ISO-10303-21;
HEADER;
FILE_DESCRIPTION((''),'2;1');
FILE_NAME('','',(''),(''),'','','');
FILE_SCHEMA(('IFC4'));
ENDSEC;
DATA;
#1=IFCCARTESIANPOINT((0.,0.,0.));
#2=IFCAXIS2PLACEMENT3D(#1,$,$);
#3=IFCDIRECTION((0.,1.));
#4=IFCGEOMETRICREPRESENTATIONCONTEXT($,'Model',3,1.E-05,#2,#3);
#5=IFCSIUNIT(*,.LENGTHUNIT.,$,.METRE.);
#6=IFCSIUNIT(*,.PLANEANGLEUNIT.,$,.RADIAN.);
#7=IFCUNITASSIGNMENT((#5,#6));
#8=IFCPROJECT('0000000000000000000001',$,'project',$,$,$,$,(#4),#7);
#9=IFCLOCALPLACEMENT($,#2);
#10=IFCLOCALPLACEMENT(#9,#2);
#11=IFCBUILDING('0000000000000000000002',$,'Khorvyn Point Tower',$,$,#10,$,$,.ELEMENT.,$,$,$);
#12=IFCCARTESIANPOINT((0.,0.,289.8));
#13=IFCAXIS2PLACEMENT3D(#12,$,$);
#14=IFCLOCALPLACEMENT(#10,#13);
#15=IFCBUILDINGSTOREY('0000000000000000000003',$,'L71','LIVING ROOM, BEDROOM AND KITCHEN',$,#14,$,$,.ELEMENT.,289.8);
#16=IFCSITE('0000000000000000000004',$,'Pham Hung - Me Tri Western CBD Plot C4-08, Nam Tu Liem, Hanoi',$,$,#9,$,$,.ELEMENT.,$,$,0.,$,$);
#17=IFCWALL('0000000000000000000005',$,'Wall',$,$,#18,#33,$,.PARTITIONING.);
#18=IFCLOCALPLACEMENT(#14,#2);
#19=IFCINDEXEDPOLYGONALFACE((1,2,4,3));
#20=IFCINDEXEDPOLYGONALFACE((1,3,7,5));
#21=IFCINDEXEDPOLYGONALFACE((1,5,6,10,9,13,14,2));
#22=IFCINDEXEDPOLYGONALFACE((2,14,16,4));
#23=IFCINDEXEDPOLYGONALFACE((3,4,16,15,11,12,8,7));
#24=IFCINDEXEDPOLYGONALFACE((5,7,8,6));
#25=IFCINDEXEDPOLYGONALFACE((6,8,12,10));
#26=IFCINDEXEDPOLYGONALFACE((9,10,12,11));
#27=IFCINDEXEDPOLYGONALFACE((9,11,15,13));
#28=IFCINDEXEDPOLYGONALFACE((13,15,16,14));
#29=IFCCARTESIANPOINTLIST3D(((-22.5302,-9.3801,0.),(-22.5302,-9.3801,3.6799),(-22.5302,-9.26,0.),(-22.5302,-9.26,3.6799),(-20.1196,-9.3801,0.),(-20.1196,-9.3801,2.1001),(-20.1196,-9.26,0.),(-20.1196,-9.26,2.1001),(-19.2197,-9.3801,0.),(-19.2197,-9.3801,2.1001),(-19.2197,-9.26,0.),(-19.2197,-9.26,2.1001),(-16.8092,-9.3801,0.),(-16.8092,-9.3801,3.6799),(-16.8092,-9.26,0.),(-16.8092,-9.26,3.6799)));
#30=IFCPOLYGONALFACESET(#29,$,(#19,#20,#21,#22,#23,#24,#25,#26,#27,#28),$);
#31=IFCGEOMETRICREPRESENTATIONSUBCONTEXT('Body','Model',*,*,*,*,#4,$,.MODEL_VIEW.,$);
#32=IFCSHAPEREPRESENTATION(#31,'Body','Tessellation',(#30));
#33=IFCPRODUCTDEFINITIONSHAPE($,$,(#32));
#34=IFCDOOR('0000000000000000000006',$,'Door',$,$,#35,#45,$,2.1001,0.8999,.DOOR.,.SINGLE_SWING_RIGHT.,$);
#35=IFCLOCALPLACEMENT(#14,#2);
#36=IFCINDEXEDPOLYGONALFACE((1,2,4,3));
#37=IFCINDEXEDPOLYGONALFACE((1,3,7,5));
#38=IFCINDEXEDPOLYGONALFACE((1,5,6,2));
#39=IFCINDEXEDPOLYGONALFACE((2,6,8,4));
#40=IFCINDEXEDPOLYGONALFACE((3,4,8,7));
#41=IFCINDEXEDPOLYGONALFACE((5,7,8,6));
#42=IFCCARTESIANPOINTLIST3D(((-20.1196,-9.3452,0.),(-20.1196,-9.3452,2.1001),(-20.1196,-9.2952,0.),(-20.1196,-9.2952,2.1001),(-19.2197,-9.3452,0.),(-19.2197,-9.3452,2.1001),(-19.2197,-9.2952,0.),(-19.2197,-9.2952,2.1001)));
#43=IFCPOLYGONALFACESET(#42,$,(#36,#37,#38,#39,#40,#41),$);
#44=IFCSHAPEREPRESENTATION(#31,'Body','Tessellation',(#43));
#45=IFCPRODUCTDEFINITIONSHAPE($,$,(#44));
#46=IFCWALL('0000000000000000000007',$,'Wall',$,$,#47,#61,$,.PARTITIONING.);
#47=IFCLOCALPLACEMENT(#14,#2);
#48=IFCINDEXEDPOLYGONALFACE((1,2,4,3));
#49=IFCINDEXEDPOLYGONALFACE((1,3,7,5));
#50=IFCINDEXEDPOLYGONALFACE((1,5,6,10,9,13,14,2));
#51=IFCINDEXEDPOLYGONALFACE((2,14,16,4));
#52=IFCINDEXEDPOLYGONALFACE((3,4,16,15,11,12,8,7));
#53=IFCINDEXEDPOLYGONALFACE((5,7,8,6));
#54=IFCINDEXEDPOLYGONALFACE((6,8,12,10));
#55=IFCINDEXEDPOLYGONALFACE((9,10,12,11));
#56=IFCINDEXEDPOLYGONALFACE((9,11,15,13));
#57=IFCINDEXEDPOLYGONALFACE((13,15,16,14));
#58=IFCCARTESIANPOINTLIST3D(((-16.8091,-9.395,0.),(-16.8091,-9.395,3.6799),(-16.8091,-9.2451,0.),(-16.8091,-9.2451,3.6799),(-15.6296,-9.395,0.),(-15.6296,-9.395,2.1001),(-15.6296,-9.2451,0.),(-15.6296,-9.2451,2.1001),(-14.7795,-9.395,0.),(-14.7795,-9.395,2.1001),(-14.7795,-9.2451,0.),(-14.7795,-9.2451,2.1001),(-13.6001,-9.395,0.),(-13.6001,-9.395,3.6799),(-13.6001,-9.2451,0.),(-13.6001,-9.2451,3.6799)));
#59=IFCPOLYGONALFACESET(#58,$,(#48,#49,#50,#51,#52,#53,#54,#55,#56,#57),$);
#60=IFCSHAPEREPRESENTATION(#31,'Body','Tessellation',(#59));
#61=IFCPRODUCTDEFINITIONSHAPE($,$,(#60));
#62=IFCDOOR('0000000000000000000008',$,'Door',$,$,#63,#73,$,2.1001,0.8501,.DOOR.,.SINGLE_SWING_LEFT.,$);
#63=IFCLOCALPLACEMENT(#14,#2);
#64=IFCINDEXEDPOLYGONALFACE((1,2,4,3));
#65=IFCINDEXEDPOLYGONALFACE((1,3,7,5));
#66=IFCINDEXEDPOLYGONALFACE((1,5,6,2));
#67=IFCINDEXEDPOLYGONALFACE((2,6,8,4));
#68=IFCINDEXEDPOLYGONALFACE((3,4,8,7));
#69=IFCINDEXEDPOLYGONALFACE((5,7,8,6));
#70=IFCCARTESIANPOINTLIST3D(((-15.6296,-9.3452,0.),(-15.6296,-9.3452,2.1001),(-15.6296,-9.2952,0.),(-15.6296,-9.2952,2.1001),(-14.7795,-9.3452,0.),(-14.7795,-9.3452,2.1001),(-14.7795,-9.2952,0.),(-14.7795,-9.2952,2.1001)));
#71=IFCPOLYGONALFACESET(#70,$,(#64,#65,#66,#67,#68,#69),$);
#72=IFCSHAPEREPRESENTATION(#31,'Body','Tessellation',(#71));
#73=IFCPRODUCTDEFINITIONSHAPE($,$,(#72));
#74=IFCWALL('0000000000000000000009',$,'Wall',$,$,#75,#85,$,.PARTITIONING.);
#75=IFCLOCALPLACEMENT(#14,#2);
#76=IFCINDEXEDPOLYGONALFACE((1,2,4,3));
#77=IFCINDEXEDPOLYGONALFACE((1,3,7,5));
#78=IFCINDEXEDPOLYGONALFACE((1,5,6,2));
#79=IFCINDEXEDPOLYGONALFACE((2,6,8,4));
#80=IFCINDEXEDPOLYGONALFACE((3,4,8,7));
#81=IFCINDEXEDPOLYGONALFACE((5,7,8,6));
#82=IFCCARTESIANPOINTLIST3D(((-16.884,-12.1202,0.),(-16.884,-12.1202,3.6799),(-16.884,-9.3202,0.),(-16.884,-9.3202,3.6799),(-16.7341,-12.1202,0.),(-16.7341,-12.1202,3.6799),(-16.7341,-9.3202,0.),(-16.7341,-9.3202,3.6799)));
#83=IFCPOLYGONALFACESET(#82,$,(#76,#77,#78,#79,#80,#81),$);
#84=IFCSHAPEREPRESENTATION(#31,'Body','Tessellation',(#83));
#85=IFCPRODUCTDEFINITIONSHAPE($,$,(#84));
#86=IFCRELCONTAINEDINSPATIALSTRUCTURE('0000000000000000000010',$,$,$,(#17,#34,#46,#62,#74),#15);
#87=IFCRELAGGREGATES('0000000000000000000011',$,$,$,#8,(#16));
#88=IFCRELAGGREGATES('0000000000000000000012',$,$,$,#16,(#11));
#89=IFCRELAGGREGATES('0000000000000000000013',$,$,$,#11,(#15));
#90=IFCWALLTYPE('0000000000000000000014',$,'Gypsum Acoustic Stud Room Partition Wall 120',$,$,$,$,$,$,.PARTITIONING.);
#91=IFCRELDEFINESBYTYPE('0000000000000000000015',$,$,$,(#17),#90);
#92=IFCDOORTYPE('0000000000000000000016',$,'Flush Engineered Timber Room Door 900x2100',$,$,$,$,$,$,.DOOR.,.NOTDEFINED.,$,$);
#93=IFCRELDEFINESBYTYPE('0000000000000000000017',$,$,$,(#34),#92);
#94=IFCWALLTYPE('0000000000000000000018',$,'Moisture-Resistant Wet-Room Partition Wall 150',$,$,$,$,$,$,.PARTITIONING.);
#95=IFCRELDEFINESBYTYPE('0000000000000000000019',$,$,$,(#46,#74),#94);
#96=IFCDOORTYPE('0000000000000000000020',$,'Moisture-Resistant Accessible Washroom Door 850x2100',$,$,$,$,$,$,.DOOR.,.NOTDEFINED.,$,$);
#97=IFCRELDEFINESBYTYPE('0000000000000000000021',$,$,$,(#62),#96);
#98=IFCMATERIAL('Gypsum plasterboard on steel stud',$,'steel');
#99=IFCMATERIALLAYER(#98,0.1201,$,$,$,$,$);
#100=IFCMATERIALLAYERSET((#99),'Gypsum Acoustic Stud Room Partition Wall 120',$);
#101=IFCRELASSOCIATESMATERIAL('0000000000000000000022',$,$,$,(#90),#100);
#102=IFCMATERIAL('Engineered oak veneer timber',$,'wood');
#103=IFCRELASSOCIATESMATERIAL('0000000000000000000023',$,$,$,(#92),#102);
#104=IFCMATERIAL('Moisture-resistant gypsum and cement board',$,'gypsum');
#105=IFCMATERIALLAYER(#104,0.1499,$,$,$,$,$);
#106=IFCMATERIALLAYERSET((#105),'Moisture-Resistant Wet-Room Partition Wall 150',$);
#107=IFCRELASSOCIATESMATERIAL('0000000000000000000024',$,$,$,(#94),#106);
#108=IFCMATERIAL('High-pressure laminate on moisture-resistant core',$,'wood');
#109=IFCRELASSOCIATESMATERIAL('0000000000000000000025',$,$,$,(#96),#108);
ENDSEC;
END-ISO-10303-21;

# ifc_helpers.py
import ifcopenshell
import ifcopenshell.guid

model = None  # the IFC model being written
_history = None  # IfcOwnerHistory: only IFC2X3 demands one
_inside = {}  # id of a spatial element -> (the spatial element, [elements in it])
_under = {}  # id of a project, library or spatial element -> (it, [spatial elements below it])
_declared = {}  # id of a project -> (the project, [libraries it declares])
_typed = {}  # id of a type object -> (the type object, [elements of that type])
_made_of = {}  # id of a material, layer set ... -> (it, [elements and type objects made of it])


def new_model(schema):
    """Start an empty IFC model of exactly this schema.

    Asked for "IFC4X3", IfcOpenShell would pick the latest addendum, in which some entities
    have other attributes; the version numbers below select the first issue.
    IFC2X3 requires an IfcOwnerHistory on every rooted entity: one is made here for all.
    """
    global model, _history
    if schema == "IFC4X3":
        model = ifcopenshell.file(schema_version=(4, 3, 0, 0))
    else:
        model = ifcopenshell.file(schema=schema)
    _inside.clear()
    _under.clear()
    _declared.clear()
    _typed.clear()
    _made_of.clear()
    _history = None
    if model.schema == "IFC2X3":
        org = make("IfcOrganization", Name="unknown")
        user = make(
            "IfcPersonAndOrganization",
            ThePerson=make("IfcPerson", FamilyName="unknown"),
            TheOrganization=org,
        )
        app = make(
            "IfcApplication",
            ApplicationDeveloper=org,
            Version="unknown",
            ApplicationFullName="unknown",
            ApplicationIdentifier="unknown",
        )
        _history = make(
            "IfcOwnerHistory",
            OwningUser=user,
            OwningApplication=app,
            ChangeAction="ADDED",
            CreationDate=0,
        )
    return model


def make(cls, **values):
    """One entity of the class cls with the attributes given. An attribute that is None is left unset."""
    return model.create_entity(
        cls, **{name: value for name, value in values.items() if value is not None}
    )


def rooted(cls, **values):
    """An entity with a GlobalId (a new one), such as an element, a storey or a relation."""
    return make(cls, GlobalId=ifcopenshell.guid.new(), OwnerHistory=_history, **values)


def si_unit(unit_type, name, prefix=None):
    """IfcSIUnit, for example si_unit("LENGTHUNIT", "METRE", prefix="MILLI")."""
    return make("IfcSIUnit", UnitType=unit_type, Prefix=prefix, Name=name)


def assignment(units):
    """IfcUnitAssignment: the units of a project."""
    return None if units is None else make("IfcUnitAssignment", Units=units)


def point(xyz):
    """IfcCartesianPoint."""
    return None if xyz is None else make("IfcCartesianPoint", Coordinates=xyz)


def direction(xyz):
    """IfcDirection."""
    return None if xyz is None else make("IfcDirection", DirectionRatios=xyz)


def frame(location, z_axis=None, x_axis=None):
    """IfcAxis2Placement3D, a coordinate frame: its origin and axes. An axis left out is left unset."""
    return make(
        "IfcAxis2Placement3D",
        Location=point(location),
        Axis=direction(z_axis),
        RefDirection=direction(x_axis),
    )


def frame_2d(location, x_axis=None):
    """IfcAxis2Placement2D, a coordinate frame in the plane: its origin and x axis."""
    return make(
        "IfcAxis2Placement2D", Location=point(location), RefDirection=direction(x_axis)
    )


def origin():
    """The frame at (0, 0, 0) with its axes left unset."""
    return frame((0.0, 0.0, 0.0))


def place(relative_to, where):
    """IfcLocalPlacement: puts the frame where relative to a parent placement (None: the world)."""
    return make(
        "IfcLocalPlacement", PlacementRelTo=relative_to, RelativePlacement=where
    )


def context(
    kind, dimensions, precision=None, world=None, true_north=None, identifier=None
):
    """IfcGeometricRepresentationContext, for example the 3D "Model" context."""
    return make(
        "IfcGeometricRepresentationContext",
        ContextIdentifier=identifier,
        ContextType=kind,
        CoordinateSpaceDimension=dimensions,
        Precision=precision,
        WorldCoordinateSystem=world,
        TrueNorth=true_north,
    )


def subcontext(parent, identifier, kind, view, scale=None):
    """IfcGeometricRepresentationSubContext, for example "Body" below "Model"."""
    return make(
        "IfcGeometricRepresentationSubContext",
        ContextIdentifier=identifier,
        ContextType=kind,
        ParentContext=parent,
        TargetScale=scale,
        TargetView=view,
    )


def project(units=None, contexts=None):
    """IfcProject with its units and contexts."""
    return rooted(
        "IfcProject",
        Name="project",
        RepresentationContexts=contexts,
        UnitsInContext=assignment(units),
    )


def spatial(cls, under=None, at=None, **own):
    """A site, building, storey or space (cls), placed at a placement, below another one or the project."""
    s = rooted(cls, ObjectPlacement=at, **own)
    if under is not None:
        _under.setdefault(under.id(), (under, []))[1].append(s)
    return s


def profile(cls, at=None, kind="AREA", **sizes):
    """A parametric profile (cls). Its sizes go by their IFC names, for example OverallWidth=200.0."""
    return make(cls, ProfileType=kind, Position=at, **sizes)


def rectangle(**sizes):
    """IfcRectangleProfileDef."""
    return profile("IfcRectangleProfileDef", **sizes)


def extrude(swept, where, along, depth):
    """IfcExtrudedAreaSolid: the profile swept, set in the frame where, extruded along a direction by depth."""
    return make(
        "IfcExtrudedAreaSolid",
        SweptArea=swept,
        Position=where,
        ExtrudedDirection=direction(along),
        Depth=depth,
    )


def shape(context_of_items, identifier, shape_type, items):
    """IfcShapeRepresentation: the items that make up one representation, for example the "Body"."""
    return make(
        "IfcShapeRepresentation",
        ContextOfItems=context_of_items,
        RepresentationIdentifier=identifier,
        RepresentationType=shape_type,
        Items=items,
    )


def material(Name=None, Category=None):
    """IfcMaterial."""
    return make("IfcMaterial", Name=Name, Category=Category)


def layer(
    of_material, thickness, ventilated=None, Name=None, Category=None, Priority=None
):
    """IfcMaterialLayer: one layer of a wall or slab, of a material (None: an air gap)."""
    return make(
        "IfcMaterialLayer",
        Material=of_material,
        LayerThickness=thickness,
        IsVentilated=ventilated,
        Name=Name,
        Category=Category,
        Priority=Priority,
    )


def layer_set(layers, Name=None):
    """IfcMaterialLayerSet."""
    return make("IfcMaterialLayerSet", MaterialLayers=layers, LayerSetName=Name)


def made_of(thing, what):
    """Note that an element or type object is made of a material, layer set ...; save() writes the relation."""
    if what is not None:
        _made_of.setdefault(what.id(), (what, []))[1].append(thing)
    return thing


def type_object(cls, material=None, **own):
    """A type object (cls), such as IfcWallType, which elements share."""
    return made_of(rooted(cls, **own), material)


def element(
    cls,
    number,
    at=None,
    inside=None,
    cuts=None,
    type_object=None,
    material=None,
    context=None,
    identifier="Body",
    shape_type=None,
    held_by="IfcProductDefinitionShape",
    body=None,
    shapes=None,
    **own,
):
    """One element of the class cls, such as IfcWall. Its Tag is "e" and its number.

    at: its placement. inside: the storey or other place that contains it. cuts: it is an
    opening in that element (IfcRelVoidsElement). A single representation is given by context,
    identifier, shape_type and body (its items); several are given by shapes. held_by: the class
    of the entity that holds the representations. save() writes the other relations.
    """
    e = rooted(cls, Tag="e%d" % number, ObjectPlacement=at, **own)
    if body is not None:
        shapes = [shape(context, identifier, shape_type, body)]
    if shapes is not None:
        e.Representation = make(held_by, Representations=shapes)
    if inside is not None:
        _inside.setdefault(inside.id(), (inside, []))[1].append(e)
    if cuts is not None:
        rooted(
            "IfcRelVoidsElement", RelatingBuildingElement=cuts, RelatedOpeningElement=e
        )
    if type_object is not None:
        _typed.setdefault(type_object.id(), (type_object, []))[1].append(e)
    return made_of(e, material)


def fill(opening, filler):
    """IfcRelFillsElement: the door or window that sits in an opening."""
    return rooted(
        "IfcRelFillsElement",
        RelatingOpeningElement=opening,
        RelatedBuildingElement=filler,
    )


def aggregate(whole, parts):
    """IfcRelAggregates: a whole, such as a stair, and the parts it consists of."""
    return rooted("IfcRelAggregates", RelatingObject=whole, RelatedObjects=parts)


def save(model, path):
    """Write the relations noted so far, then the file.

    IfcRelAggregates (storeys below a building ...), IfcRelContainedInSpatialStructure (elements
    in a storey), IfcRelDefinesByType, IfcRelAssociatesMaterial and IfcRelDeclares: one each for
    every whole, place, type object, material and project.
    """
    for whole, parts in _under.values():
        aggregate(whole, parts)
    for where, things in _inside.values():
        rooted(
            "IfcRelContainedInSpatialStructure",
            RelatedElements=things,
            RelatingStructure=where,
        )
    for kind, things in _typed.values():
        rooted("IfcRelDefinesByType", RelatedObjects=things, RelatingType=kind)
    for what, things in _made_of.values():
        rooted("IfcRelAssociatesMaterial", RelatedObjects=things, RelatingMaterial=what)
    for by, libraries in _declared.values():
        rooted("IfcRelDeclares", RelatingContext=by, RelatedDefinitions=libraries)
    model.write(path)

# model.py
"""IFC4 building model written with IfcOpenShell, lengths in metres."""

from ifc_helpers import new_model, si_unit, direction, frame, frame_2d, origin, place, context, subcontext, project, spatial, rectangle, extrude, material, layer, layer_set, type_object, element, fill, save


model = new_model("IFC4")

# Units and contexts
model_context = context("Model", 3, precision=1e-05, world=origin(), true_north=direction((0.0, 1.0)))
body_context = subcontext(model_context, "Body", "Model", "MODEL_VIEW")
ifc_project = project(units=[si_unit("LENGTHUNIT", "METRE"), si_unit("PLANEANGLEUNIT", "RADIAN")], contexts=[model_context])

# Site, building, storey
site_placement = place(None, origin())
site = spatial("IfcSite", under=ifc_project, at=site_placement, Name="Pham Hung - Me Tri Western CBD Plot C4-08, Nam Tu Liem, Hanoi", CompositionType="ELEMENT", RefElevation=0.0)
building_placement = place(site_placement, origin())
building = spatial("IfcBuilding", under=site, at=building_placement, Name="Khorvyn Point Tower", CompositionType="ELEMENT")
storey_placement = place(building_placement, frame((0.0, 0.0, 289.8)))
storey = spatial("IfcBuildingStorey", under=building, at=storey_placement, Name="L71", Description="LIVING ROOM, BEDROOM AND KITCHEN", CompositionType="ELEMENT", Elevation=289.8)

# Walls, openings, doors
ifc_material_1 = material(Name="Gypsum plasterboard on steel stud", Category="steel")
ifc_layer_1 = layer(ifc_material_1, 0.1201)
ifc_layer_set_1 = layer_set([ifc_layer_1], Name="Gypsum Acoustic Stud Room Partition Wall 120")
wall_type_1 = type_object("IfcWallType", Name="Gypsum Acoustic Stud Room Partition Wall 120", PredefinedType="PARTITIONING", material=ifc_layer_set_1)
wall_1_placement = place(storey_placement, frame((-22.53, -9.3201, 0.0), z_axis=(0.0, 0.0, 1.0), x_axis=(1.0, 0.0, 0.0)))
wall_1 = element("IfcWall", 1, at=wall_1_placement, inside=storey, type_object=wall_type_1, Name="Wall", PredefinedType="PARTITIONING", context=body_context, shape_type="SweptSolid", body=[
    extrude(rectangle(XDim=5.7209, YDim=0.1201, at=frame_2d((2.8604, 0.0))), origin(), (0.0, 0.0, 1.0), 3.6799),
])
opening_1_placement = place(wall_1_placement, frame((2.4104, 0.0, 0.0)))
opening_1 = element("IfcOpeningElement", 2, at=opening_1_placement, cuts=wall_1, PredefinedType="OPENING", context=body_context, shape_type="SweptSolid", body=[
    extrude(rectangle(XDim=0.8999, YDim=2.1001, at=frame_2d((0.45, 1.05))), frame((0.0, 0.0701, 0.0), z_axis=(0.0, -1.0, 0.0), x_axis=(1.0, 0.0, 0.0)), (0.0, 0.0, 1.0), 0.1401),
])
ifc_material_2 = material(Name="Engineered oak veneer timber", Category="wood")
door_type_1 = type_object("IfcDoorType", Name="Flush Engineered Timber Room Door 900x2100", OperationType="NOTDEFINED", PredefinedType="DOOR", material=ifc_material_2)
door_1_placement = place(opening_1_placement, origin())
door_1 = element("IfcDoor", 3, at=door_1_placement, inside=storey, type_object=door_type_1, Name="Door", OperationType="SINGLE_SWING_RIGHT", OverallHeight=2.1001, OverallWidth=0.8999, PredefinedType="DOOR", context=body_context, shape_type="SweptSolid", body=[
    extrude(rectangle(XDim=0.8999, YDim=2.1001, at=frame_2d((0.45, 1.05))), frame((0.0, 0.0249, 0.0), z_axis=(0.0, -1.0, 0.0), x_axis=(1.0, 0.0, 0.0)), (0.0, 0.0, 1.0), 0.05),
])
fill(opening_1, door_1)
ifc_material_3 = material(Name="Moisture-resistant gypsum and cement board", Category="gypsum")
ifc_layer_2 = layer(ifc_material_3, 0.1499)
ifc_layer_set_2 = layer_set([ifc_layer_2], Name="Moisture-Resistant Wet-Room Partition Wall 150")
wall_type_2 = type_object("IfcWallType", Name="Moisture-Resistant Wet-Room Partition Wall 150", PredefinedType="PARTITIONING", material=ifc_layer_set_2)
wall_2_placement = place(storey_placement, frame((-16.8091, -9.3201, 0.0), z_axis=(0.0, 0.0, 1.0), x_axis=(1.0, 0.0, 0.0)))
wall_2 = element("IfcWall", 4, at=wall_2_placement, inside=storey, type_object=wall_type_2, Name="Wall", PredefinedType="PARTITIONING", context=body_context, shape_type="SweptSolid", body=[
    extrude(rectangle(XDim=3.209, YDim=0.1499, at=frame_2d((1.6045, 0.0))), origin(), (0.0, 0.0, 1.0), 3.6799),
])
opening_2_placement = place(wall_2_placement, frame((1.1794, 0.0, 0.0)))
opening_2 = element("IfcOpeningElement", 5, at=opening_2_placement, cuts=wall_2, PredefinedType="OPENING", context=body_context, shape_type="SweptSolid", body=[
    extrude(rectangle(XDim=0.8501, YDim=2.1001, at=frame_2d((0.425, 1.05))), frame((0.0, 0.085, 0.0), z_axis=(0.0, -1.0, 0.0), x_axis=(1.0, 0.0, 0.0)), (0.0, 0.0, 1.0), 0.1699),
])
ifc_material_4 = material(Name="High-pressure laminate on moisture-resistant core", Category="wood")
door_type_2 = type_object("IfcDoorType", Name="Moisture-Resistant Accessible Washroom Door 850x2100", OperationType="NOTDEFINED", PredefinedType="DOOR", material=ifc_material_4)
door_2_placement = place(opening_2_placement, origin())
door_2 = element("IfcDoor", 6, at=door_2_placement, inside=storey, type_object=door_type_2, Name="Door", OperationType="SINGLE_SWING_LEFT", OverallHeight=2.1001, OverallWidth=0.8501, PredefinedType="DOOR", context=body_context, shape_type="SweptSolid", body=[
    extrude(rectangle(XDim=0.8501, YDim=2.1001, at=frame_2d((0.425, 1.05))), frame((0.0, 0.0249, 0.0), z_axis=(0.0, -1.0, 0.0), x_axis=(1.0, 0.0, 0.0)), (0.0, 0.0, 1.0), 0.05),
])
fill(opening_2, door_2)

# Wall
wall_3_placement = place(storey_placement, frame((-16.8091, -12.1201, 0.0), z_axis=(0.0, 0.0, 1.0), x_axis=(0.0, 1.0, 0.0)))
element("IfcWall", 7, at=wall_3_placement, inside=storey, type_object=wall_type_2, Name="Wall", PredefinedType="PARTITIONING", context=body_context, shape_type="SweptSolid", body=[
    extrude(rectangle(XDim=2.8, YDim=0.1499, at=frame_2d((1.3999, 0.0))), origin(), (0.0, 0.0, 1.0), 3.6799),
])

save(model, "model.ifc")
